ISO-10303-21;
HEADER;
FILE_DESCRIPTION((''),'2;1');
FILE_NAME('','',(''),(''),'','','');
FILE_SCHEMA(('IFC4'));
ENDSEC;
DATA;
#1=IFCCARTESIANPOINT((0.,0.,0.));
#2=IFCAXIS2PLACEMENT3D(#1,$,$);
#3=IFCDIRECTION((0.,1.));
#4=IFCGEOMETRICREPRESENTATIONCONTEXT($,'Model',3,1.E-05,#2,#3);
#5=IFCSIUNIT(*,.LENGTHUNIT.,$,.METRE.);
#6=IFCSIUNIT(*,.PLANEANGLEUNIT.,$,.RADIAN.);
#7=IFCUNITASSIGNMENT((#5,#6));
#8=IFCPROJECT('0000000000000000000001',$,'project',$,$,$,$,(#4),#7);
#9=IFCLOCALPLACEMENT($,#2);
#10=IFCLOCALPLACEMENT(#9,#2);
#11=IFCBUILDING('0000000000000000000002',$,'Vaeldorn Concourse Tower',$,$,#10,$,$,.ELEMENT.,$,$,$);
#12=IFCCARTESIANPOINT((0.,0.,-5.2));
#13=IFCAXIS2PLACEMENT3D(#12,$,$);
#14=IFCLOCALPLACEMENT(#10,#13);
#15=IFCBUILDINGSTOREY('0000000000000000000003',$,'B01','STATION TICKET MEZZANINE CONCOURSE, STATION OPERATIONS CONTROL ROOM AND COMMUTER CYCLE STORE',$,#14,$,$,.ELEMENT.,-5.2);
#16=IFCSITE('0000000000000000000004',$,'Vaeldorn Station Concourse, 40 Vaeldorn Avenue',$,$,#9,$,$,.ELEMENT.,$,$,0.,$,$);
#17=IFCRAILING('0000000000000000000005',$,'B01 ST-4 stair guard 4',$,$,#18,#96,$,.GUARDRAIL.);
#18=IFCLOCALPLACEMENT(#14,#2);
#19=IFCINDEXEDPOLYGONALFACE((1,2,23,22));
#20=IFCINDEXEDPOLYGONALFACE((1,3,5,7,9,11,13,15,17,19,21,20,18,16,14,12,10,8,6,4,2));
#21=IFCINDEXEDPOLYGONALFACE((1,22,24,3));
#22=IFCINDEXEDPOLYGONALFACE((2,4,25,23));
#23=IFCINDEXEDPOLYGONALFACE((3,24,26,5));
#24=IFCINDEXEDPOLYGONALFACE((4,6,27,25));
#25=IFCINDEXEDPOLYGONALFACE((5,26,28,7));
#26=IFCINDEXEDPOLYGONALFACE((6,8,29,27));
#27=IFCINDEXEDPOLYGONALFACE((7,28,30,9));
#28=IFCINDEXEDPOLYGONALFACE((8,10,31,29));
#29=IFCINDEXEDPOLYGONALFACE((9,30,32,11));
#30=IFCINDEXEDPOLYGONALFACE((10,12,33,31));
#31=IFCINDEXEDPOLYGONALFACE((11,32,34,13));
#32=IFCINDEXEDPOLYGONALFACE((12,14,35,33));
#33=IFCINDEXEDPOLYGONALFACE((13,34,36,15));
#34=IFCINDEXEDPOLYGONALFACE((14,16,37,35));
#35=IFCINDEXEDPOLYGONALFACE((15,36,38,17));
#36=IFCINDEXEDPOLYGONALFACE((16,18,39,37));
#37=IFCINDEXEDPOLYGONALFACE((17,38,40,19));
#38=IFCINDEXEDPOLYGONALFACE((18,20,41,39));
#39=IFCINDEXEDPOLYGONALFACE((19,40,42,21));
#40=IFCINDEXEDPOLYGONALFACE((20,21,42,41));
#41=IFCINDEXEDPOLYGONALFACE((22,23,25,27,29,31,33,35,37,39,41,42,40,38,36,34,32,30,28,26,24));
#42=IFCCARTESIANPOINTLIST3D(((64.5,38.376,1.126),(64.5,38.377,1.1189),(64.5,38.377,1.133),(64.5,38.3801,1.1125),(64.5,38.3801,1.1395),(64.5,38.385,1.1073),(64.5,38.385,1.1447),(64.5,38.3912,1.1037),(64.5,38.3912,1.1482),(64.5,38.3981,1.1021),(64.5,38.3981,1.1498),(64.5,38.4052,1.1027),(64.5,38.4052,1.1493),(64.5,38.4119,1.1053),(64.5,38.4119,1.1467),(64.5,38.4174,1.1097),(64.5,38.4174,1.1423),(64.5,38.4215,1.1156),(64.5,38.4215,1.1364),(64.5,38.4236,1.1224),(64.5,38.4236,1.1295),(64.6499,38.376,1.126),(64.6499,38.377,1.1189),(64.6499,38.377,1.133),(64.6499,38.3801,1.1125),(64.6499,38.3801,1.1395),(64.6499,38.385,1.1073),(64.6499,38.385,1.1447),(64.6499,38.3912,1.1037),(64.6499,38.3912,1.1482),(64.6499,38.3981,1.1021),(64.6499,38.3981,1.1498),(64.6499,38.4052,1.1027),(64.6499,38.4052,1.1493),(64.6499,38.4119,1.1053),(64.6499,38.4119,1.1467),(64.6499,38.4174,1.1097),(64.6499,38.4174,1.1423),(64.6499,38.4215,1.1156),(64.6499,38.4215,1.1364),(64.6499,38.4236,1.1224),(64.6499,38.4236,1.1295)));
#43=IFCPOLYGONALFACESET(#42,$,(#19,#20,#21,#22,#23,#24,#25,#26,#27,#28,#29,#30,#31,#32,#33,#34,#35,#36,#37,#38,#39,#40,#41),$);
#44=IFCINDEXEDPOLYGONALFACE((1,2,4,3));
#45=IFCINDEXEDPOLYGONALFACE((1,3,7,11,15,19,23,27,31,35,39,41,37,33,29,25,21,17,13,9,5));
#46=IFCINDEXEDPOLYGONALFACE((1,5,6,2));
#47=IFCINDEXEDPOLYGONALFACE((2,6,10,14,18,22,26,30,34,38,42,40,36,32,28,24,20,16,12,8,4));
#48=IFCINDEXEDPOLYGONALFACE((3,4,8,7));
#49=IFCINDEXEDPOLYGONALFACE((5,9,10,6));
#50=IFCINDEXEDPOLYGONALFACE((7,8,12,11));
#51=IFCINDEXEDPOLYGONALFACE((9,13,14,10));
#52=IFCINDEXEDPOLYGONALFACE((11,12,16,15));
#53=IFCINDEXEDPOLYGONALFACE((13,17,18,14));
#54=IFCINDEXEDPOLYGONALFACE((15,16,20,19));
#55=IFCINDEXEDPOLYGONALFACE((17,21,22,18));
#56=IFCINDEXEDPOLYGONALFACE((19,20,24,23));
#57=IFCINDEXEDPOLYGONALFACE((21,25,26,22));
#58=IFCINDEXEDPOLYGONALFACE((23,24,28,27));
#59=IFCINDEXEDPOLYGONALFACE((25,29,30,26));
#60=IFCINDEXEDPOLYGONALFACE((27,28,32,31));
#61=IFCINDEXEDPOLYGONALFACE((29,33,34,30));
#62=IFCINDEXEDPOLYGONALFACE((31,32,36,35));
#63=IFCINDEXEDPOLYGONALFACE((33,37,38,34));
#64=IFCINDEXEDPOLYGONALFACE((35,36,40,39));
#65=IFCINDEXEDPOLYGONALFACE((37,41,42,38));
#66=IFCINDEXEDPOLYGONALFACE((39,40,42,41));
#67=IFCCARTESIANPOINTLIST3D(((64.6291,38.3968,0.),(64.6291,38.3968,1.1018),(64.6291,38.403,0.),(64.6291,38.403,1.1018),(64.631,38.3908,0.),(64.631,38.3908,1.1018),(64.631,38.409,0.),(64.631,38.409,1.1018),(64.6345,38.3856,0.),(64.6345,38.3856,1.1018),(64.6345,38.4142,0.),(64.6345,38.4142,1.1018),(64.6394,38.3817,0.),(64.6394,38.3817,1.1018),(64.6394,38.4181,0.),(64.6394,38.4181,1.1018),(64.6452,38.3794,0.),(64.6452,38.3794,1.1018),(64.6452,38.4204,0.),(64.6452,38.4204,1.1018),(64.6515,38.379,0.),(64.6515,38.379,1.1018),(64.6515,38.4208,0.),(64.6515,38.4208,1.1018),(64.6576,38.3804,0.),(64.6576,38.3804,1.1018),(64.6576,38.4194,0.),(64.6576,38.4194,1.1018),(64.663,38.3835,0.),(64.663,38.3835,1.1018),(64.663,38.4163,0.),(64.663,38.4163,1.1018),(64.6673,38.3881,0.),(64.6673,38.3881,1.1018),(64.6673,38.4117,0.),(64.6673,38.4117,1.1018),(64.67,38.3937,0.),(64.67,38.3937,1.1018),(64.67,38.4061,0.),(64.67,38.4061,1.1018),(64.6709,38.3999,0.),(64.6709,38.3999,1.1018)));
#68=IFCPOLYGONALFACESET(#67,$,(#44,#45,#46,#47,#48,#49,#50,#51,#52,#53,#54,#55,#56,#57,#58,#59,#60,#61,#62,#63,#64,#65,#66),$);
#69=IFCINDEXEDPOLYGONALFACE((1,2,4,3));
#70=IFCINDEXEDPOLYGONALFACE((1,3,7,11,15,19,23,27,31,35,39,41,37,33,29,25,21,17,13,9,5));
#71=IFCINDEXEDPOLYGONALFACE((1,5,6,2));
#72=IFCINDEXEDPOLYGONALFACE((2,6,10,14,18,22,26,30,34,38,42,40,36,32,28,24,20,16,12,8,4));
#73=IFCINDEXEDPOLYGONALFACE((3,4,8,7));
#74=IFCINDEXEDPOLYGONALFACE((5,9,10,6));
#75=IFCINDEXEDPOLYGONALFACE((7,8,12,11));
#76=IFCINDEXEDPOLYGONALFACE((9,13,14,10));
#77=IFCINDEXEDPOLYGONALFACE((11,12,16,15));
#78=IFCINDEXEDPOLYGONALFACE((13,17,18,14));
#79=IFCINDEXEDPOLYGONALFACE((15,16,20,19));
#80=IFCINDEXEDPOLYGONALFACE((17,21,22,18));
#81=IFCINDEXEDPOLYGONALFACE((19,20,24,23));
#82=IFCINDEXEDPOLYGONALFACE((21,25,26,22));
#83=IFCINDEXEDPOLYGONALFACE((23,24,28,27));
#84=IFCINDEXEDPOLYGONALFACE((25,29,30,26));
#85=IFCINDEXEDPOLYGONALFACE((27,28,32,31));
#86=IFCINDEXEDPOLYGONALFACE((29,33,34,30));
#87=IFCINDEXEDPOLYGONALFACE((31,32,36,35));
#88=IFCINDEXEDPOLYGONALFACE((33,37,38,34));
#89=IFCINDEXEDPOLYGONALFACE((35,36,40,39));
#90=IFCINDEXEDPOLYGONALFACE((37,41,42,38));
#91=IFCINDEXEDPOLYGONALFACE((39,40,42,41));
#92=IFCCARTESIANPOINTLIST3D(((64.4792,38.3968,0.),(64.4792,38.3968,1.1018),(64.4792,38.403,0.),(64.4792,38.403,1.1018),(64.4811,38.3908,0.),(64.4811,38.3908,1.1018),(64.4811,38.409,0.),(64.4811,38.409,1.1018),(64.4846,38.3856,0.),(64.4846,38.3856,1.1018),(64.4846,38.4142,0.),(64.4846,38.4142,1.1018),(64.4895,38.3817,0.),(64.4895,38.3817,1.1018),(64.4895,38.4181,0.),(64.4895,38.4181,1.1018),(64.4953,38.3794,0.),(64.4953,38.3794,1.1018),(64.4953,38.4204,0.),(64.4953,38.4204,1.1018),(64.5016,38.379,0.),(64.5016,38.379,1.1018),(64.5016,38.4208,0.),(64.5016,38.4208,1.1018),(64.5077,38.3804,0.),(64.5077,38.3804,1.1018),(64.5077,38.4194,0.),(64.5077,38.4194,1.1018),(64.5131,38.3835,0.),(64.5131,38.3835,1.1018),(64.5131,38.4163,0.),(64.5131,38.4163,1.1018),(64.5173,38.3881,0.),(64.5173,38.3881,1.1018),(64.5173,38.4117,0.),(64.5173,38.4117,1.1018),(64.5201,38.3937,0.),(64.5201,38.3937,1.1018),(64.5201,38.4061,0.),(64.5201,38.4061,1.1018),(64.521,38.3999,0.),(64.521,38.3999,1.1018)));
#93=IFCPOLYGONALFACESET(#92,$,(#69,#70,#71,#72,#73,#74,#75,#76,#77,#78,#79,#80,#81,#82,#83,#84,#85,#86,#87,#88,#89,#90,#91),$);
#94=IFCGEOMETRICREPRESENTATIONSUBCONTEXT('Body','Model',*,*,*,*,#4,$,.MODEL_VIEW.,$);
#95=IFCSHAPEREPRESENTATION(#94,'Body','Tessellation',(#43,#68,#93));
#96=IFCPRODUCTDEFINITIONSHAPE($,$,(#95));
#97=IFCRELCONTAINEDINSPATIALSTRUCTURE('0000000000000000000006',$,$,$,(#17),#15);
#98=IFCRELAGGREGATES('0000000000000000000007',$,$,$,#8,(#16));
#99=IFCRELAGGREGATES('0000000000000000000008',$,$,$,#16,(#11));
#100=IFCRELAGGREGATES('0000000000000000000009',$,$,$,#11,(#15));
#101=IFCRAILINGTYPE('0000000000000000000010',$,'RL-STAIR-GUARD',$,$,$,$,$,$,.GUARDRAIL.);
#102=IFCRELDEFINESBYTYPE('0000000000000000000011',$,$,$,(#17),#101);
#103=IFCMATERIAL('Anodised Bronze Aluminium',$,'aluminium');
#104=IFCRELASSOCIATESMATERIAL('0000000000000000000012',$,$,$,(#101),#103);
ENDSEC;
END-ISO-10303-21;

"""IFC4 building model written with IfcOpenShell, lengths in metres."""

from ifc_helpers import new_model, si_unit, direction, frame, origin, origin_2d, place, context, subcontext, project, spatial, circle, extrude, material, type_object, element, save


model = new_model("IFC4")

# Units and contexts
model_context = context("Model", 3, precision=1e-05, world=origin(), true_north=direction((0.0, 1.0)))
body_context = subcontext(model_context, "Body", "Model", "MODEL_VIEW")
ifc_project = project(units=[si_unit("LENGTHUNIT", "METRE"), si_unit("PLANEANGLEUNIT", "RADIAN")], contexts=[model_context])

# Site, building, storey
site_placement = place(None, origin())
site = spatial("IfcSite", under=ifc_project, at=site_placement, Name="Vaeldorn Station Concourse, 40 Vaeldorn Avenue", CompositionType="ELEMENT", RefElevation=0.0)
building_placement = place(site_placement, origin())
building = spatial("IfcBuilding", under=site, at=building_placement, Name="Vaeldorn Concourse Tower", CompositionType="ELEMENT")
storey_placement = place(building_placement, frame((0.0, 0.0, -5.2)))
storey = spatial("IfcBuildingStorey", under=building, at=storey_placement, Name="B01", Description="STATION TICKET MEZZANINE CONCOURSE, STATION OPERATIONS CONTROL ROOM AND COMMUTER CYCLE STORE", CompositionType="ELEMENT", Elevation=-5.2)

# Railing
ifc_material_1 = material(Name="Anodised Bronze Aluminium", Category="aluminium")
railing_type_1 = type_object("IfcRailingType", Name="RL-STAIR-GUARD", PredefinedType="GUARDRAIL", material=ifc_material_1)
railing_1_placement = place(storey_placement, frame((64.6499, 38.3999, 0.0)))
element("IfcRailing", 1, at=railing_1_placement, inside=storey, type_object=railing_type_1, Name="B01 ST-4 stair guard 4", PredefinedType="GUARDRAIL", context=body_context, shape_type="SweptSolid", body=[
    extrude(circle(Radius=0.0239, at=origin_2d()), frame((0.0, 0.0, 1.126), z_axis=(-1.0, 0.0, 0.0), x_axis=(0.0, -1.0, 0.0)), (0.0, 0.0, 1.0), 0.1499),
    extrude(circle(Radius=0.021, at=origin_2d()), origin(), (0.0, 0.0, 1.0), 1.1018),
    extrude(circle(Radius=0.021, at=origin_2d()), frame((-0.1499, 0.0, 0.0)), (0.0, 0.0, 1.0), 1.1018),
])

save(model, "model.ifc")
